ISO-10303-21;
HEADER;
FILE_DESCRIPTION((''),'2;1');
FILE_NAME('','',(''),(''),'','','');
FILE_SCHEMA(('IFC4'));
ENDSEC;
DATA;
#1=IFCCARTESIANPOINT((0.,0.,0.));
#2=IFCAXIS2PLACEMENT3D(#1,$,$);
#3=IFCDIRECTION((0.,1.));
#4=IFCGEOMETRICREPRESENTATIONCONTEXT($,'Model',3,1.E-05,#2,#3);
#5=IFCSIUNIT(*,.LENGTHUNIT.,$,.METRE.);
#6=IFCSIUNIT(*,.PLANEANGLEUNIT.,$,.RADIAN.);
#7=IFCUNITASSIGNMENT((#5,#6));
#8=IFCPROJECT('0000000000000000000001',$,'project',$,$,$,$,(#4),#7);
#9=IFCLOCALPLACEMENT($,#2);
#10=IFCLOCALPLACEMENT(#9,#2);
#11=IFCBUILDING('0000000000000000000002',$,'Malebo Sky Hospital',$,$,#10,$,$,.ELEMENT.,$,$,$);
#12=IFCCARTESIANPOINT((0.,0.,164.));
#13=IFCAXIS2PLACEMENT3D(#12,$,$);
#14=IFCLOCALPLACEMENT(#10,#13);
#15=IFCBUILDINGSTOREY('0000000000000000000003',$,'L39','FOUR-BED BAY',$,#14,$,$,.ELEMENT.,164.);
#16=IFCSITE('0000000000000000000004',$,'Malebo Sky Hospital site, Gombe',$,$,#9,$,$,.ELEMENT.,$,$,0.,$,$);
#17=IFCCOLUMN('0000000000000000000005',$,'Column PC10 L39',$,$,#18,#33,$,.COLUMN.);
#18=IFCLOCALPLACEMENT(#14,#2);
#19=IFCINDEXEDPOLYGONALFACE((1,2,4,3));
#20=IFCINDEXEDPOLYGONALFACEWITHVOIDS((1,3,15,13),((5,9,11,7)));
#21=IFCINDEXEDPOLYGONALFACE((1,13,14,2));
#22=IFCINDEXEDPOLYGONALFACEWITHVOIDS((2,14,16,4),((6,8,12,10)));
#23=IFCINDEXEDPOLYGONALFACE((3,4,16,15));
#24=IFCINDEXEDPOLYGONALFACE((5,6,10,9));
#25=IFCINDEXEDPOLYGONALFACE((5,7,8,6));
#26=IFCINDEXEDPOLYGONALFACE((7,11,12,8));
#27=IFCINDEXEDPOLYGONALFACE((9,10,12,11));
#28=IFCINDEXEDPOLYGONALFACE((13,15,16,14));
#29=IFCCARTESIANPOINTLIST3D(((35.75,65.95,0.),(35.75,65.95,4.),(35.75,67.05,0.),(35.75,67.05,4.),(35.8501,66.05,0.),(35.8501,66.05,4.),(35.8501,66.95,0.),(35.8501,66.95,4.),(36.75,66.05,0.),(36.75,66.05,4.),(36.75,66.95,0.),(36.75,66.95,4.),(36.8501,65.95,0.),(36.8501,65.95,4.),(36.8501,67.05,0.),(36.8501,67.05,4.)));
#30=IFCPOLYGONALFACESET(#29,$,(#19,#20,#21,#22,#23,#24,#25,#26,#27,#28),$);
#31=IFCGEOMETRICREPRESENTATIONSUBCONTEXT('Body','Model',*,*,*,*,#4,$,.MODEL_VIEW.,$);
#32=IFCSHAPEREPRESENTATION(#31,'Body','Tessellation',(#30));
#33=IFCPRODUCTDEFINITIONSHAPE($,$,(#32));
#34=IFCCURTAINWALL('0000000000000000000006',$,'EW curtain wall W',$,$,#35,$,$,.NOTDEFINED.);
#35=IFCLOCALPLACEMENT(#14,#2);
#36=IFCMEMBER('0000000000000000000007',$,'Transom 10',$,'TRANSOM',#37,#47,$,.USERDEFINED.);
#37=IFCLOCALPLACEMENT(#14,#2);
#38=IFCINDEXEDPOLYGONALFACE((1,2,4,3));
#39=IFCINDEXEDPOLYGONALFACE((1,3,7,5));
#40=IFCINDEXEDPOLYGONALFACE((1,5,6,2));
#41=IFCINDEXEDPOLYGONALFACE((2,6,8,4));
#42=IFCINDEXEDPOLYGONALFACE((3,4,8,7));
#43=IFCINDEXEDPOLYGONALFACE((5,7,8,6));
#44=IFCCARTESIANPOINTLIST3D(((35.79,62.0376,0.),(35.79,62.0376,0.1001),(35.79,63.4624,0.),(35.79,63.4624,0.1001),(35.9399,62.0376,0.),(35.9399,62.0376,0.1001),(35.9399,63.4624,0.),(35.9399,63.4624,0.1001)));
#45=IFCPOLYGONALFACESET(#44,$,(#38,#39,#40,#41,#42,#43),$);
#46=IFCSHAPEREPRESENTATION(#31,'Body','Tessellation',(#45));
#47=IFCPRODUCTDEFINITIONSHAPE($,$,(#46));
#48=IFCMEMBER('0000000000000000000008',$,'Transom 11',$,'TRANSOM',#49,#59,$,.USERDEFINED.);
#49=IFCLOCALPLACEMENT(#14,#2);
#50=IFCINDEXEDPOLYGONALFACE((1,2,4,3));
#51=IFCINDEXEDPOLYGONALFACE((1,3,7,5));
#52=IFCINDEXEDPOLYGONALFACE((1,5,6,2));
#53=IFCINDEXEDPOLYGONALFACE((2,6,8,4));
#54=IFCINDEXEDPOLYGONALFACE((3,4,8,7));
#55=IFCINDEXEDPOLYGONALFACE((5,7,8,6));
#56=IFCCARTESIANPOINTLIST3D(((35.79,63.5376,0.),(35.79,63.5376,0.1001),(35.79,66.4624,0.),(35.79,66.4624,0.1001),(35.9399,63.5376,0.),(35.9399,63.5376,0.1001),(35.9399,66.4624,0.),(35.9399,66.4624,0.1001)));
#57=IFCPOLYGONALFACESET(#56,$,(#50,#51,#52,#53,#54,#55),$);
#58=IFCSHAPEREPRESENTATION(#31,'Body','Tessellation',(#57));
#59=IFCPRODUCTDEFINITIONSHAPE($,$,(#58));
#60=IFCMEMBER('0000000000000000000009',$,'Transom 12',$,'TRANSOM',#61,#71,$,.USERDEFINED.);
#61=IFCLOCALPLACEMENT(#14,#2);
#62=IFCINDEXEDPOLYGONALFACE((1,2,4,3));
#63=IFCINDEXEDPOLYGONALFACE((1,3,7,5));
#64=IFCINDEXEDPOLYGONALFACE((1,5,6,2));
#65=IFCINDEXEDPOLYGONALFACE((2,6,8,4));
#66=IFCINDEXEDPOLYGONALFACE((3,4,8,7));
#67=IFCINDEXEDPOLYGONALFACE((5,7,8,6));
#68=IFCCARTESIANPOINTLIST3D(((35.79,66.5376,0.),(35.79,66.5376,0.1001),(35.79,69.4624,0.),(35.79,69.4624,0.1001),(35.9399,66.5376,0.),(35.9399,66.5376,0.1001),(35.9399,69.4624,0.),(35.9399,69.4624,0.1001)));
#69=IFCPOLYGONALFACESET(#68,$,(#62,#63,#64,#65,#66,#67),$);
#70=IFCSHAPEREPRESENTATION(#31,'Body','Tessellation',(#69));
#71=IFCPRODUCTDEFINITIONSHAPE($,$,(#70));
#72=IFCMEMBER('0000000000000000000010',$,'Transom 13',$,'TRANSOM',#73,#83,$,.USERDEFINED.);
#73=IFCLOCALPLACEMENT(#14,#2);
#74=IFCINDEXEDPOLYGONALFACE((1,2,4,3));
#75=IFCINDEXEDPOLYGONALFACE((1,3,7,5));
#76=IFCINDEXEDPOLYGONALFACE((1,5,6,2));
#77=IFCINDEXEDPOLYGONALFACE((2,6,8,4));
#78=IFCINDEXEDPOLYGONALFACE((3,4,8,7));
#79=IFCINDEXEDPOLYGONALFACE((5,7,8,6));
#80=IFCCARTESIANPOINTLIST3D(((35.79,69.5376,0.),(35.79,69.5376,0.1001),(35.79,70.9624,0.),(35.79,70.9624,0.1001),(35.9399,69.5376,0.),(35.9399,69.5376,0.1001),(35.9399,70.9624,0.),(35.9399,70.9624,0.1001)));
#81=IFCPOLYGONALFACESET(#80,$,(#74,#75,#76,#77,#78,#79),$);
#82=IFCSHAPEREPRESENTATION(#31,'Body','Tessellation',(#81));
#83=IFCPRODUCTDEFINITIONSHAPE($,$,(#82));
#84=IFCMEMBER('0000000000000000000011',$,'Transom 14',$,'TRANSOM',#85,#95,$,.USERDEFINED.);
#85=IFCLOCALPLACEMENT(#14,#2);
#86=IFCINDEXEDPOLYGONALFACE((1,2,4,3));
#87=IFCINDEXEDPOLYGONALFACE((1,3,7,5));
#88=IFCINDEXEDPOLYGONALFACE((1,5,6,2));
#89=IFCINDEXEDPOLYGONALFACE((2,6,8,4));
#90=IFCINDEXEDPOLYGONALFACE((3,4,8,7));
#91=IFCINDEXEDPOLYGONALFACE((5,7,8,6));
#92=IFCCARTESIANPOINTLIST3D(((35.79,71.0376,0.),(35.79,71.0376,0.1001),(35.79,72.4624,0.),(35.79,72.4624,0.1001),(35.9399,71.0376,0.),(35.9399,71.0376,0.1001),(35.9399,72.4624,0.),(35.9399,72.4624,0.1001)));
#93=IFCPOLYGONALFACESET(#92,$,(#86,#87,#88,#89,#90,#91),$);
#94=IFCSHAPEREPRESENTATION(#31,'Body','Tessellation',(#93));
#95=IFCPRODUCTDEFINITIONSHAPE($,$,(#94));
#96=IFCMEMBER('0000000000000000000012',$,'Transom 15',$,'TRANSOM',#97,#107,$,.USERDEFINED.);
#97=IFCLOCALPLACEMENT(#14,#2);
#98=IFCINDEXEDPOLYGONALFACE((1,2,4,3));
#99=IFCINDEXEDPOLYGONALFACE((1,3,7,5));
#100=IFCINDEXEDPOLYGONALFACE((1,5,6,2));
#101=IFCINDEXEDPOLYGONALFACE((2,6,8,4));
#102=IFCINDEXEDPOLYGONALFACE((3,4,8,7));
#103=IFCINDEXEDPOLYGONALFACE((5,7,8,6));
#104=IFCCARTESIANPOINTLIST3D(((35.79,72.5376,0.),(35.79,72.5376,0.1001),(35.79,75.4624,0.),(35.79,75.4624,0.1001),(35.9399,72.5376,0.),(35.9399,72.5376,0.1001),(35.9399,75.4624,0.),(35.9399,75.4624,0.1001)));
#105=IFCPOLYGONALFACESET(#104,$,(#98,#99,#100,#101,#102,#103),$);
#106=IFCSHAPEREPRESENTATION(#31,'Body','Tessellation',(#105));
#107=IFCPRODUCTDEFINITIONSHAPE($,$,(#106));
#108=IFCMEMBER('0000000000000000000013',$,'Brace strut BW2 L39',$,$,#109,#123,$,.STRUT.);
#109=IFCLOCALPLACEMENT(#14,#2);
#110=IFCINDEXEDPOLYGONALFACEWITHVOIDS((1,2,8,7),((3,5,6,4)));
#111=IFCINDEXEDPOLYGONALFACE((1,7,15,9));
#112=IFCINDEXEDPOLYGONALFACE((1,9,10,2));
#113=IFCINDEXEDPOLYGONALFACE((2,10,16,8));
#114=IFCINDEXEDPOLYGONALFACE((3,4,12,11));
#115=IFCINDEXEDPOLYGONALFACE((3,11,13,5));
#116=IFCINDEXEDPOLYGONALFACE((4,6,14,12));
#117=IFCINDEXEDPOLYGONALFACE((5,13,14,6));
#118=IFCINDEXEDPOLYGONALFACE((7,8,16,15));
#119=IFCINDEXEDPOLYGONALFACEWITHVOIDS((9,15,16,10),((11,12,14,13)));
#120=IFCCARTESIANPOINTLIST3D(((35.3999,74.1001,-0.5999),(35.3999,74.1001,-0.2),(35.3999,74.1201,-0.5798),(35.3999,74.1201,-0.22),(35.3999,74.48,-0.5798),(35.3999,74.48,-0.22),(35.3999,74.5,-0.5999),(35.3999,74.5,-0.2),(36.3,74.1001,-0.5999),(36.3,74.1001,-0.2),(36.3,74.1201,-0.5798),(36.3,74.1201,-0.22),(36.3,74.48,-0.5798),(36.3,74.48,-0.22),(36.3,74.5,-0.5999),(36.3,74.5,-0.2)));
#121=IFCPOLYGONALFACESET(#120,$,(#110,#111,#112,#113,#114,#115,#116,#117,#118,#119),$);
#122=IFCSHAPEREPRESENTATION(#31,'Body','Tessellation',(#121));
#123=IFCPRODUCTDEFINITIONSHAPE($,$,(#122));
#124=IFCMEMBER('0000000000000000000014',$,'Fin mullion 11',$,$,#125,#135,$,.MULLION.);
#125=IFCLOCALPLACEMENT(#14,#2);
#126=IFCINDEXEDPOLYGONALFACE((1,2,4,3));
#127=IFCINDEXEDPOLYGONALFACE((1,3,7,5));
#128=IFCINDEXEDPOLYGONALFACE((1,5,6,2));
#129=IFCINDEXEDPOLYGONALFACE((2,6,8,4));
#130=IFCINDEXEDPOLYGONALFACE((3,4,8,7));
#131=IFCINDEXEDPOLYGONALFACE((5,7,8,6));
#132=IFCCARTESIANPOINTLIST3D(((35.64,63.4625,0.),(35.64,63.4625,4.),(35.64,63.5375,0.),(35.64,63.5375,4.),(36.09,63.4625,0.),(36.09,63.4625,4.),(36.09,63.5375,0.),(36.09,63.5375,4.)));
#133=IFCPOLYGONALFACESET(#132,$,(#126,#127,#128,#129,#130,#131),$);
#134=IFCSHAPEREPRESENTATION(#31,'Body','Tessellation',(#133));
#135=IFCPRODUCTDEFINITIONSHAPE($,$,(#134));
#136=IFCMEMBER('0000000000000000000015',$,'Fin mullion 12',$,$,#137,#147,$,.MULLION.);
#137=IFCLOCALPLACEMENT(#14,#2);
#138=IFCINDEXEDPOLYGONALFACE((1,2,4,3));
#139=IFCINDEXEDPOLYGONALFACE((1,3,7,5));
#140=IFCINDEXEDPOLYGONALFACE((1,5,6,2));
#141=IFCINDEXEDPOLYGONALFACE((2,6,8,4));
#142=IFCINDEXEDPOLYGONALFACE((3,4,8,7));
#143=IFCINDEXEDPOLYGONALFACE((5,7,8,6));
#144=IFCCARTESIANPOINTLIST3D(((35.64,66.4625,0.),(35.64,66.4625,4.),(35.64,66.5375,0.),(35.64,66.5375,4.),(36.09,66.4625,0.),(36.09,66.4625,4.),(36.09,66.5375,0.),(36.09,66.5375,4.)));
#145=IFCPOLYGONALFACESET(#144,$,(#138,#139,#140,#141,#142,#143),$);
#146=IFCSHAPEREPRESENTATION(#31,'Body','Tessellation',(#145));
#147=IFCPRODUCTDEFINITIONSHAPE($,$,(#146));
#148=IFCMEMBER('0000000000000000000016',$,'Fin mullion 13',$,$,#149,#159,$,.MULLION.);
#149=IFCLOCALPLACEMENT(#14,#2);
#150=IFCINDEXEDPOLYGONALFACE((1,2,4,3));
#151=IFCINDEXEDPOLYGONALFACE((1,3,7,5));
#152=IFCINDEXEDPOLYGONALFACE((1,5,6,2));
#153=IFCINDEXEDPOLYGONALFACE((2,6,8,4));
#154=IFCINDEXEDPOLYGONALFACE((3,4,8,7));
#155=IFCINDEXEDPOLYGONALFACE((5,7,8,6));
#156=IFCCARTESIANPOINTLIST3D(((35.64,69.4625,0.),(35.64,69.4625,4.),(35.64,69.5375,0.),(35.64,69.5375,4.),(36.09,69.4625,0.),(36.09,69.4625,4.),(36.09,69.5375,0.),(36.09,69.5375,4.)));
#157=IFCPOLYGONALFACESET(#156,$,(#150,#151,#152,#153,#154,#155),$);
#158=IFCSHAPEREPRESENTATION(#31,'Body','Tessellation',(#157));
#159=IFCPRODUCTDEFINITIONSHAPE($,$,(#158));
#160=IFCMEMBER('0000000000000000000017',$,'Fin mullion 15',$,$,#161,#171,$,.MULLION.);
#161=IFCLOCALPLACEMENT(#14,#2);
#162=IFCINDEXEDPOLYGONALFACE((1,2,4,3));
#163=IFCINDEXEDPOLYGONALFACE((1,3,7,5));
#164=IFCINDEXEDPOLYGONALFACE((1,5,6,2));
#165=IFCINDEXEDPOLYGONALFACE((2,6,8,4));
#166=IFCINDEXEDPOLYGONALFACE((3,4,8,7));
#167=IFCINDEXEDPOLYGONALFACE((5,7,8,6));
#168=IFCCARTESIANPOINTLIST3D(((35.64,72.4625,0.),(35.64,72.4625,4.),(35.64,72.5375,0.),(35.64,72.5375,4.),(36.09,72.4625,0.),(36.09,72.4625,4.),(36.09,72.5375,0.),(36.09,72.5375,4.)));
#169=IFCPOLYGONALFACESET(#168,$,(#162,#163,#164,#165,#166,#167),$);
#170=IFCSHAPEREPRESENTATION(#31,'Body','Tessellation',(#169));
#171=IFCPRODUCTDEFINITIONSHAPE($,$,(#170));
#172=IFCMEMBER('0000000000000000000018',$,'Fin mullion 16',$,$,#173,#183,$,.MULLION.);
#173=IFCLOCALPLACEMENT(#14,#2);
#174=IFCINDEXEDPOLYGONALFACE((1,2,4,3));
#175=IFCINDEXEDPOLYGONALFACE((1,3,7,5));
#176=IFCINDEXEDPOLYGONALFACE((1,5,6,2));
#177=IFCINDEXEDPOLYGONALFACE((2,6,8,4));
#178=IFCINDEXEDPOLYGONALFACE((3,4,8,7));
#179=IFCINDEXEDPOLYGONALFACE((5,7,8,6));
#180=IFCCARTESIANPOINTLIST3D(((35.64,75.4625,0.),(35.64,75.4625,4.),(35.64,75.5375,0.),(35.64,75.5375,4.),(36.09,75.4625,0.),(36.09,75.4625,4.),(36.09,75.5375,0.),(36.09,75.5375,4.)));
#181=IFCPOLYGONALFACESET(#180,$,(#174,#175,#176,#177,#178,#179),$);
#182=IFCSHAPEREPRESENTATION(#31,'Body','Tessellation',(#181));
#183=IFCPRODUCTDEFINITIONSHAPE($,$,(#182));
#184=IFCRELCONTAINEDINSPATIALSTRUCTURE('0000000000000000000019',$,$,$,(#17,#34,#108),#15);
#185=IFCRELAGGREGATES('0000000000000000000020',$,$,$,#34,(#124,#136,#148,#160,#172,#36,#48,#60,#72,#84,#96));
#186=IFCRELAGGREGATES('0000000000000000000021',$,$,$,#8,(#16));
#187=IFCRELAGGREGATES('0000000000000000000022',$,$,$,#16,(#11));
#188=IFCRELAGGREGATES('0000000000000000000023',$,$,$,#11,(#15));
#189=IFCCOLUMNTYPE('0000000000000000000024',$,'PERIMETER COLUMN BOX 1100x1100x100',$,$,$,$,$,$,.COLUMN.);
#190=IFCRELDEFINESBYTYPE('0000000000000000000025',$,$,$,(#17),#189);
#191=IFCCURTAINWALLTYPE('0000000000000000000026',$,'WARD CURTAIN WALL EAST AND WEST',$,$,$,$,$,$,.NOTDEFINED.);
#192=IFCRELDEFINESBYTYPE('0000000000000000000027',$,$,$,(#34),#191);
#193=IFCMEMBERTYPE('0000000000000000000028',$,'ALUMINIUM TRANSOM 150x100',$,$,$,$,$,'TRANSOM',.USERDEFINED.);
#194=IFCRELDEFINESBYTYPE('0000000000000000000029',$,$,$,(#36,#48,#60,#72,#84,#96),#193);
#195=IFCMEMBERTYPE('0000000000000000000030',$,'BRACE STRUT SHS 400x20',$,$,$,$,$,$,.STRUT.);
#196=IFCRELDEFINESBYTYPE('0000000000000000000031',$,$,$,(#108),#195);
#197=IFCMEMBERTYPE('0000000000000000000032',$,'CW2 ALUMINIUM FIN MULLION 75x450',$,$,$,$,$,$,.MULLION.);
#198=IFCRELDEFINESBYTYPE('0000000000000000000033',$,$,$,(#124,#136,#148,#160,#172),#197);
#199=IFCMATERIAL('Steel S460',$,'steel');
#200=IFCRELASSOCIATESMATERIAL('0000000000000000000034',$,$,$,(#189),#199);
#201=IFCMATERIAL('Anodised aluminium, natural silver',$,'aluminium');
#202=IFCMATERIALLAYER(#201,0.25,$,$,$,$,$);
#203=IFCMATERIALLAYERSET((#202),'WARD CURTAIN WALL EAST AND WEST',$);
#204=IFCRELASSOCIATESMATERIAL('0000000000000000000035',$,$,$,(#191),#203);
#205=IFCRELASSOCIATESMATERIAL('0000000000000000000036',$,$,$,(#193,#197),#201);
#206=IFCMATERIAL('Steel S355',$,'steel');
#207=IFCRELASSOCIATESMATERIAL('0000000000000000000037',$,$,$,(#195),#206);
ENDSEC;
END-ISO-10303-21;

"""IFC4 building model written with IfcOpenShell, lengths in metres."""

from ifc_helpers import new_model, si_unit, direction, frame, origin, origin_2d, place, context, subcontext, project, spatial, rectangle, hollow_rectangle, extrude, material, layer, layer_set, material_profile, profile_set, type_object, element, aggregate, save


model = new_model("IFC4")

# Units and contexts
model_context = context("Model", 3, precision=1e-05, world=origin(), true_north=direction((0.0, 1.0)))
body_context = subcontext(model_context, "Body", "Model", "MODEL_VIEW")
ifc_project = project(units=[si_unit("LENGTHUNIT", "METRE"), si_unit("PLANEANGLEUNIT", "RADIAN")], contexts=[model_context])

# Site, building, storey
site_placement = place(None, origin())
site = spatial("IfcSite", under=ifc_project, at=site_placement, Name="Malebo Sky Hospital site, Gombe", CompositionType="ELEMENT", RefElevation=0.0)
building_placement = place(site_placement, origin())
building = spatial("IfcBuilding", under=site, at=building_placement, Name="Malebo Sky Hospital", CompositionType="ELEMENT")
storey_placement = place(building_placement, frame((0.0, 0.0, 164.0)))
storey = spatial("IfcBuildingStorey", under=building, at=storey_placement, Name="L39", Description="FOUR-BED BAY", CompositionType="ELEMENT", Elevation=164.0)

# Column
ifc_material_1 = material(Name="Steel S460", Category="steel")
ifc_material_profile_1 = material_profile(ifc_material_1, hollow_rectangle(XDim=1.1001, YDim=1.1001, WallThickness=0.1001, at=origin_2d()), Name="BOX 1100x1100x100")
ifc_profile_set_1 = profile_set([ifc_material_profile_1], Name="Steel S460")
column_type = type_object("IfcColumnType", Name="PERIMETER COLUMN BOX 1100x1100x100", PredefinedType="COLUMN", material=ifc_profile_set_1)
column_placement = place(storey_placement, frame((36.3, 66.5, 0.0), z_axis=(0.0, 0.0, 1.0), x_axis=(1.0, 0.0, 0.0)))
element("IfcColumn", 1, at=column_placement, inside=storey, type_object=column_type, Name="Column PC10 L39", PredefinedType="COLUMN", context=body_context, shape_type="SweptSolid", body=[
    extrude(hollow_rectangle(XDim=1.1001, YDim=1.1001, WallThickness=0.1001, at=origin_2d()), origin(), (0.0, 0.0, 1.0), 4.0),
])

# Curtain wall, members
ifc_material_2 = material(Name="Anodised aluminium, natural silver", Category="aluminium")
ifc_layer_1 = layer(ifc_material_2, 0.25)
ifc_layer_set_1 = layer_set([ifc_layer_1], Name="WARD CURTAIN WALL EAST AND WEST")
curtain_wall_type = type_object("IfcCurtainWallType", Name="WARD CURTAIN WALL EAST AND WEST", PredefinedType="NOTDEFINED", material=ifc_layer_set_1)
curtain_wall_placement = place(storey_placement, origin())
curtain_wall = element("IfcCurtainWall", 2, at=curtain_wall_placement, inside=storey, type_object=curtain_wall_type, Name="EW curtain wall W", PredefinedType="NOTDEFINED")
ifc_material_profile_2 = material_profile(ifc_material_2, rectangle(XDim=0.1499, YDim=0.1001, at=origin_2d()), Name="ALUMINIUM TRANSOM 150x100")
ifc_profile_set_2 = profile_set([ifc_material_profile_2], Name="Anodised aluminium, natural silver")
member_type_1 = type_object("IfcMemberType", Name="ALUMINIUM TRANSOM 150x100", ElementType="TRANSOM", PredefinedType="USERDEFINED", material=ifc_profile_set_2)
member_1_placement = place(storey_placement, frame((35.865, 62.0376, 0.05), z_axis=(0.0, 1.0, 0.0), x_axis=(-1.0, 0.0, 0.0)))
member_1 = element("IfcMember", 3, at=member_1_placement, type_object=member_type_1, Name="Transom 10", ObjectType="TRANSOM", PredefinedType="USERDEFINED", context=body_context, shape_type="SweptSolid", body=[
    extrude(rectangle(XDim=0.1499, YDim=0.1001, at=origin_2d()), origin(), (0.0, 0.0, 1.0), 1.4248),
])
member_2_placement = place(storey_placement, frame((35.865, 63.5376, 0.05), z_axis=(0.0, 1.0, 0.0), x_axis=(-1.0, 0.0, 0.0)))
member_2 = element("IfcMember", 4, at=member_2_placement, type_object=member_type_1, Name="Transom 11", ObjectType="TRANSOM", PredefinedType="USERDEFINED", context=body_context, shape_type="SweptSolid", body=[
    extrude(rectangle(XDim=0.1499, YDim=0.1001, at=origin_2d()), origin(), (0.0, 0.0, 1.0), 2.9248),
])
member_3_placement = place(storey_placement, frame((35.865, 66.5376, 0.05), z_axis=(0.0, 1.0, 0.0), x_axis=(-1.0, 0.0, 0.0)))
member_3 = element("IfcMember", 5, at=member_3_placement, type_object=member_type_1, Name="Transom 12", ObjectType="TRANSOM", PredefinedType="USERDEFINED", context=body_context, shape_type="SweptSolid", body=[
    extrude(rectangle(XDim=0.1499, YDim=0.1001, at=origin_2d()), origin(), (0.0, 0.0, 1.0), 2.9248),
])
member_4_placement = place(storey_placement, frame((35.865, 69.5376, 0.05), z_axis=(0.0, 1.0, 0.0), x_axis=(-1.0, 0.0, 0.0)))
member_4 = element("IfcMember", 6, at=member_4_placement, type_object=member_type_1, Name="Transom 13", ObjectType="TRANSOM", PredefinedType="USERDEFINED", context=body_context, shape_type="SweptSolid", body=[
    extrude(rectangle(XDim=0.1499, YDim=0.1001, at=origin_2d()), origin(), (0.0, 0.0, 1.0), 1.4248),
])
member_5_placement = place(storey_placement, frame((35.865, 71.0376, 0.05), z_axis=(0.0, 1.0, 0.0), x_axis=(-1.0, 0.0, 0.0)))
member_5 = element("IfcMember", 7, at=member_5_placement, type_object=member_type_1, Name="Transom 14", ObjectType="TRANSOM", PredefinedType="USERDEFINED", context=body_context, shape_type="SweptSolid", body=[
    extrude(rectangle(XDim=0.1499, YDim=0.1001, at=origin_2d()), origin(), (0.0, 0.0, 1.0), 1.4248),
])
member_6_placement = place(storey_placement, frame((35.865, 72.5376, 0.05), z_axis=(0.0, 1.0, 0.0), x_axis=(-1.0, 0.0, 0.0)))
member_6 = element("IfcMember", 8, at=member_6_placement, type_object=member_type_1, Name="Transom 15", ObjectType="TRANSOM", PredefinedType="USERDEFINED", context=body_context, shape_type="SweptSolid", body=[
    extrude(rectangle(XDim=0.1499, YDim=0.1001, at=origin_2d()), origin(), (0.0, 0.0, 1.0), 2.9248),
])

# Members
ifc_material_3 = material(Name="Steel S355", Category="steel")
ifc_material_profile_3 = material_profile(ifc_material_3, hollow_rectangle(XDim=0.3999, YDim=0.3999, WallThickness=0.02, at=origin_2d()), Name="SHS 400x20")
ifc_profile_set_3 = profile_set([ifc_material_profile_3], Name="Steel S355")
member_type_2 = type_object("IfcMemberType", Name="BRACE STRUT SHS 400x20", PredefinedType="STRUT", material=ifc_profile_set_3)
member_7_placement = place(storey_placement, frame((35.3999, 74.3, -0.3999), z_axis=(1.0, 0.0, 0.0), x_axis=(0.0, 1.0, 0.0)))
element("IfcMember", 9, at=member_7_placement, inside=storey, type_object=member_type_2, Name="Brace strut BW2 L39", PredefinedType="STRUT", context=body_context, shape_type="SweptSolid", body=[
    extrude(hollow_rectangle(XDim=0.3999, YDim=0.3999, WallThickness=0.02, at=origin_2d()), origin(), (0.0, 0.0, 1.0), 0.9001),
])
ifc_material_profile_4 = material_profile(ifc_material_2, rectangle(XDim=0.075, YDim=0.45, at=origin_2d()), Name="CW2 ALUMINIUM FIN MULLION 75x450")
ifc_profile_set_4 = profile_set([ifc_material_profile_4], Name="Anodised aluminium, natural silver")
member_type_3 = type_object("IfcMemberType", Name="CW2 ALUMINIUM FIN MULLION 75x450", PredefinedType="MULLION", material=ifc_profile_set_4)
member_8_placement = place(storey_placement, frame((35.865, 63.5, 0.0), z_axis=(0.0, 0.0, 1.0), x_axis=(0.0, 1.0, 0.0)))
member_8 = element("IfcMember", 10, at=member_8_placement, type_object=member_type_3, Name="Fin mullion 11", PredefinedType="MULLION", context=body_context, shape_type="SweptSolid", body=[
    extrude(rectangle(XDim=0.075, YDim=0.45, at=origin_2d()), origin(), (0.0, 0.0, 1.0), 4.0),
])
member_9_placement = place(storey_placement, frame((35.865, 66.5, 0.0), z_axis=(0.0, 0.0, 1.0), x_axis=(0.0, 1.0, 0.0)))
member_9 = element("IfcMember", 11, at=member_9_placement, type_object=member_type_3, Name="Fin mullion 12", PredefinedType="MULLION", context=body_context, shape_type="SweptSolid", body=[
    extrude(rectangle(XDim=0.075, YDim=0.45, at=origin_2d()), origin(), (0.0, 0.0, 1.0), 4.0),
])
member_10_placement = place(storey_placement, frame((35.865, 69.5, 0.0), z_axis=(0.0, 0.0, 1.0), x_axis=(0.0, 1.0, 0.0)))
member_10 = element("IfcMember", 12, at=member_10_placement, type_object=member_type_3, Name="Fin mullion 13", PredefinedType="MULLION", context=body_context, shape_type="SweptSolid", body=[
    extrude(rectangle(XDim=0.075, YDim=0.45, at=origin_2d()), origin(), (0.0, 0.0, 1.0), 4.0),
])
member_11_placement = place(storey_placement, frame((35.865, 72.5, 0.0), z_axis=(0.0, 0.0, 1.0), x_axis=(0.0, 1.0, 0.0)))
member_11 = element("IfcMember", 13, at=member_11_placement, type_object=member_type_3, Name="Fin mullion 15", PredefinedType="MULLION", context=body_context, shape_type="SweptSolid", body=[
    extrude(rectangle(XDim=0.075, YDim=0.45, at=origin_2d()), origin(), (0.0, 0.0, 1.0), 4.0),
])
member_12_placement = place(storey_placement, frame((35.865, 75.5, 0.0), z_axis=(0.0, 0.0, 1.0), x_axis=(0.0, 1.0, 0.0)))
member_12 = element("IfcMember", 14, at=member_12_placement, type_object=member_type_3, Name="Fin mullion 16", PredefinedType="MULLION", context=body_context, shape_type="SweptSolid", body=[
    extrude(rectangle(XDim=0.075, YDim=0.45, at=origin_2d()), origin(), (0.0, 0.0, 1.0), 4.0),
])

aggregate(curtain_wall, [member_8, member_9, member_10, member_11, member_12, member_1, member_2, member_3, member_4, member_5, member_6])

save(model, "model.ifc")
